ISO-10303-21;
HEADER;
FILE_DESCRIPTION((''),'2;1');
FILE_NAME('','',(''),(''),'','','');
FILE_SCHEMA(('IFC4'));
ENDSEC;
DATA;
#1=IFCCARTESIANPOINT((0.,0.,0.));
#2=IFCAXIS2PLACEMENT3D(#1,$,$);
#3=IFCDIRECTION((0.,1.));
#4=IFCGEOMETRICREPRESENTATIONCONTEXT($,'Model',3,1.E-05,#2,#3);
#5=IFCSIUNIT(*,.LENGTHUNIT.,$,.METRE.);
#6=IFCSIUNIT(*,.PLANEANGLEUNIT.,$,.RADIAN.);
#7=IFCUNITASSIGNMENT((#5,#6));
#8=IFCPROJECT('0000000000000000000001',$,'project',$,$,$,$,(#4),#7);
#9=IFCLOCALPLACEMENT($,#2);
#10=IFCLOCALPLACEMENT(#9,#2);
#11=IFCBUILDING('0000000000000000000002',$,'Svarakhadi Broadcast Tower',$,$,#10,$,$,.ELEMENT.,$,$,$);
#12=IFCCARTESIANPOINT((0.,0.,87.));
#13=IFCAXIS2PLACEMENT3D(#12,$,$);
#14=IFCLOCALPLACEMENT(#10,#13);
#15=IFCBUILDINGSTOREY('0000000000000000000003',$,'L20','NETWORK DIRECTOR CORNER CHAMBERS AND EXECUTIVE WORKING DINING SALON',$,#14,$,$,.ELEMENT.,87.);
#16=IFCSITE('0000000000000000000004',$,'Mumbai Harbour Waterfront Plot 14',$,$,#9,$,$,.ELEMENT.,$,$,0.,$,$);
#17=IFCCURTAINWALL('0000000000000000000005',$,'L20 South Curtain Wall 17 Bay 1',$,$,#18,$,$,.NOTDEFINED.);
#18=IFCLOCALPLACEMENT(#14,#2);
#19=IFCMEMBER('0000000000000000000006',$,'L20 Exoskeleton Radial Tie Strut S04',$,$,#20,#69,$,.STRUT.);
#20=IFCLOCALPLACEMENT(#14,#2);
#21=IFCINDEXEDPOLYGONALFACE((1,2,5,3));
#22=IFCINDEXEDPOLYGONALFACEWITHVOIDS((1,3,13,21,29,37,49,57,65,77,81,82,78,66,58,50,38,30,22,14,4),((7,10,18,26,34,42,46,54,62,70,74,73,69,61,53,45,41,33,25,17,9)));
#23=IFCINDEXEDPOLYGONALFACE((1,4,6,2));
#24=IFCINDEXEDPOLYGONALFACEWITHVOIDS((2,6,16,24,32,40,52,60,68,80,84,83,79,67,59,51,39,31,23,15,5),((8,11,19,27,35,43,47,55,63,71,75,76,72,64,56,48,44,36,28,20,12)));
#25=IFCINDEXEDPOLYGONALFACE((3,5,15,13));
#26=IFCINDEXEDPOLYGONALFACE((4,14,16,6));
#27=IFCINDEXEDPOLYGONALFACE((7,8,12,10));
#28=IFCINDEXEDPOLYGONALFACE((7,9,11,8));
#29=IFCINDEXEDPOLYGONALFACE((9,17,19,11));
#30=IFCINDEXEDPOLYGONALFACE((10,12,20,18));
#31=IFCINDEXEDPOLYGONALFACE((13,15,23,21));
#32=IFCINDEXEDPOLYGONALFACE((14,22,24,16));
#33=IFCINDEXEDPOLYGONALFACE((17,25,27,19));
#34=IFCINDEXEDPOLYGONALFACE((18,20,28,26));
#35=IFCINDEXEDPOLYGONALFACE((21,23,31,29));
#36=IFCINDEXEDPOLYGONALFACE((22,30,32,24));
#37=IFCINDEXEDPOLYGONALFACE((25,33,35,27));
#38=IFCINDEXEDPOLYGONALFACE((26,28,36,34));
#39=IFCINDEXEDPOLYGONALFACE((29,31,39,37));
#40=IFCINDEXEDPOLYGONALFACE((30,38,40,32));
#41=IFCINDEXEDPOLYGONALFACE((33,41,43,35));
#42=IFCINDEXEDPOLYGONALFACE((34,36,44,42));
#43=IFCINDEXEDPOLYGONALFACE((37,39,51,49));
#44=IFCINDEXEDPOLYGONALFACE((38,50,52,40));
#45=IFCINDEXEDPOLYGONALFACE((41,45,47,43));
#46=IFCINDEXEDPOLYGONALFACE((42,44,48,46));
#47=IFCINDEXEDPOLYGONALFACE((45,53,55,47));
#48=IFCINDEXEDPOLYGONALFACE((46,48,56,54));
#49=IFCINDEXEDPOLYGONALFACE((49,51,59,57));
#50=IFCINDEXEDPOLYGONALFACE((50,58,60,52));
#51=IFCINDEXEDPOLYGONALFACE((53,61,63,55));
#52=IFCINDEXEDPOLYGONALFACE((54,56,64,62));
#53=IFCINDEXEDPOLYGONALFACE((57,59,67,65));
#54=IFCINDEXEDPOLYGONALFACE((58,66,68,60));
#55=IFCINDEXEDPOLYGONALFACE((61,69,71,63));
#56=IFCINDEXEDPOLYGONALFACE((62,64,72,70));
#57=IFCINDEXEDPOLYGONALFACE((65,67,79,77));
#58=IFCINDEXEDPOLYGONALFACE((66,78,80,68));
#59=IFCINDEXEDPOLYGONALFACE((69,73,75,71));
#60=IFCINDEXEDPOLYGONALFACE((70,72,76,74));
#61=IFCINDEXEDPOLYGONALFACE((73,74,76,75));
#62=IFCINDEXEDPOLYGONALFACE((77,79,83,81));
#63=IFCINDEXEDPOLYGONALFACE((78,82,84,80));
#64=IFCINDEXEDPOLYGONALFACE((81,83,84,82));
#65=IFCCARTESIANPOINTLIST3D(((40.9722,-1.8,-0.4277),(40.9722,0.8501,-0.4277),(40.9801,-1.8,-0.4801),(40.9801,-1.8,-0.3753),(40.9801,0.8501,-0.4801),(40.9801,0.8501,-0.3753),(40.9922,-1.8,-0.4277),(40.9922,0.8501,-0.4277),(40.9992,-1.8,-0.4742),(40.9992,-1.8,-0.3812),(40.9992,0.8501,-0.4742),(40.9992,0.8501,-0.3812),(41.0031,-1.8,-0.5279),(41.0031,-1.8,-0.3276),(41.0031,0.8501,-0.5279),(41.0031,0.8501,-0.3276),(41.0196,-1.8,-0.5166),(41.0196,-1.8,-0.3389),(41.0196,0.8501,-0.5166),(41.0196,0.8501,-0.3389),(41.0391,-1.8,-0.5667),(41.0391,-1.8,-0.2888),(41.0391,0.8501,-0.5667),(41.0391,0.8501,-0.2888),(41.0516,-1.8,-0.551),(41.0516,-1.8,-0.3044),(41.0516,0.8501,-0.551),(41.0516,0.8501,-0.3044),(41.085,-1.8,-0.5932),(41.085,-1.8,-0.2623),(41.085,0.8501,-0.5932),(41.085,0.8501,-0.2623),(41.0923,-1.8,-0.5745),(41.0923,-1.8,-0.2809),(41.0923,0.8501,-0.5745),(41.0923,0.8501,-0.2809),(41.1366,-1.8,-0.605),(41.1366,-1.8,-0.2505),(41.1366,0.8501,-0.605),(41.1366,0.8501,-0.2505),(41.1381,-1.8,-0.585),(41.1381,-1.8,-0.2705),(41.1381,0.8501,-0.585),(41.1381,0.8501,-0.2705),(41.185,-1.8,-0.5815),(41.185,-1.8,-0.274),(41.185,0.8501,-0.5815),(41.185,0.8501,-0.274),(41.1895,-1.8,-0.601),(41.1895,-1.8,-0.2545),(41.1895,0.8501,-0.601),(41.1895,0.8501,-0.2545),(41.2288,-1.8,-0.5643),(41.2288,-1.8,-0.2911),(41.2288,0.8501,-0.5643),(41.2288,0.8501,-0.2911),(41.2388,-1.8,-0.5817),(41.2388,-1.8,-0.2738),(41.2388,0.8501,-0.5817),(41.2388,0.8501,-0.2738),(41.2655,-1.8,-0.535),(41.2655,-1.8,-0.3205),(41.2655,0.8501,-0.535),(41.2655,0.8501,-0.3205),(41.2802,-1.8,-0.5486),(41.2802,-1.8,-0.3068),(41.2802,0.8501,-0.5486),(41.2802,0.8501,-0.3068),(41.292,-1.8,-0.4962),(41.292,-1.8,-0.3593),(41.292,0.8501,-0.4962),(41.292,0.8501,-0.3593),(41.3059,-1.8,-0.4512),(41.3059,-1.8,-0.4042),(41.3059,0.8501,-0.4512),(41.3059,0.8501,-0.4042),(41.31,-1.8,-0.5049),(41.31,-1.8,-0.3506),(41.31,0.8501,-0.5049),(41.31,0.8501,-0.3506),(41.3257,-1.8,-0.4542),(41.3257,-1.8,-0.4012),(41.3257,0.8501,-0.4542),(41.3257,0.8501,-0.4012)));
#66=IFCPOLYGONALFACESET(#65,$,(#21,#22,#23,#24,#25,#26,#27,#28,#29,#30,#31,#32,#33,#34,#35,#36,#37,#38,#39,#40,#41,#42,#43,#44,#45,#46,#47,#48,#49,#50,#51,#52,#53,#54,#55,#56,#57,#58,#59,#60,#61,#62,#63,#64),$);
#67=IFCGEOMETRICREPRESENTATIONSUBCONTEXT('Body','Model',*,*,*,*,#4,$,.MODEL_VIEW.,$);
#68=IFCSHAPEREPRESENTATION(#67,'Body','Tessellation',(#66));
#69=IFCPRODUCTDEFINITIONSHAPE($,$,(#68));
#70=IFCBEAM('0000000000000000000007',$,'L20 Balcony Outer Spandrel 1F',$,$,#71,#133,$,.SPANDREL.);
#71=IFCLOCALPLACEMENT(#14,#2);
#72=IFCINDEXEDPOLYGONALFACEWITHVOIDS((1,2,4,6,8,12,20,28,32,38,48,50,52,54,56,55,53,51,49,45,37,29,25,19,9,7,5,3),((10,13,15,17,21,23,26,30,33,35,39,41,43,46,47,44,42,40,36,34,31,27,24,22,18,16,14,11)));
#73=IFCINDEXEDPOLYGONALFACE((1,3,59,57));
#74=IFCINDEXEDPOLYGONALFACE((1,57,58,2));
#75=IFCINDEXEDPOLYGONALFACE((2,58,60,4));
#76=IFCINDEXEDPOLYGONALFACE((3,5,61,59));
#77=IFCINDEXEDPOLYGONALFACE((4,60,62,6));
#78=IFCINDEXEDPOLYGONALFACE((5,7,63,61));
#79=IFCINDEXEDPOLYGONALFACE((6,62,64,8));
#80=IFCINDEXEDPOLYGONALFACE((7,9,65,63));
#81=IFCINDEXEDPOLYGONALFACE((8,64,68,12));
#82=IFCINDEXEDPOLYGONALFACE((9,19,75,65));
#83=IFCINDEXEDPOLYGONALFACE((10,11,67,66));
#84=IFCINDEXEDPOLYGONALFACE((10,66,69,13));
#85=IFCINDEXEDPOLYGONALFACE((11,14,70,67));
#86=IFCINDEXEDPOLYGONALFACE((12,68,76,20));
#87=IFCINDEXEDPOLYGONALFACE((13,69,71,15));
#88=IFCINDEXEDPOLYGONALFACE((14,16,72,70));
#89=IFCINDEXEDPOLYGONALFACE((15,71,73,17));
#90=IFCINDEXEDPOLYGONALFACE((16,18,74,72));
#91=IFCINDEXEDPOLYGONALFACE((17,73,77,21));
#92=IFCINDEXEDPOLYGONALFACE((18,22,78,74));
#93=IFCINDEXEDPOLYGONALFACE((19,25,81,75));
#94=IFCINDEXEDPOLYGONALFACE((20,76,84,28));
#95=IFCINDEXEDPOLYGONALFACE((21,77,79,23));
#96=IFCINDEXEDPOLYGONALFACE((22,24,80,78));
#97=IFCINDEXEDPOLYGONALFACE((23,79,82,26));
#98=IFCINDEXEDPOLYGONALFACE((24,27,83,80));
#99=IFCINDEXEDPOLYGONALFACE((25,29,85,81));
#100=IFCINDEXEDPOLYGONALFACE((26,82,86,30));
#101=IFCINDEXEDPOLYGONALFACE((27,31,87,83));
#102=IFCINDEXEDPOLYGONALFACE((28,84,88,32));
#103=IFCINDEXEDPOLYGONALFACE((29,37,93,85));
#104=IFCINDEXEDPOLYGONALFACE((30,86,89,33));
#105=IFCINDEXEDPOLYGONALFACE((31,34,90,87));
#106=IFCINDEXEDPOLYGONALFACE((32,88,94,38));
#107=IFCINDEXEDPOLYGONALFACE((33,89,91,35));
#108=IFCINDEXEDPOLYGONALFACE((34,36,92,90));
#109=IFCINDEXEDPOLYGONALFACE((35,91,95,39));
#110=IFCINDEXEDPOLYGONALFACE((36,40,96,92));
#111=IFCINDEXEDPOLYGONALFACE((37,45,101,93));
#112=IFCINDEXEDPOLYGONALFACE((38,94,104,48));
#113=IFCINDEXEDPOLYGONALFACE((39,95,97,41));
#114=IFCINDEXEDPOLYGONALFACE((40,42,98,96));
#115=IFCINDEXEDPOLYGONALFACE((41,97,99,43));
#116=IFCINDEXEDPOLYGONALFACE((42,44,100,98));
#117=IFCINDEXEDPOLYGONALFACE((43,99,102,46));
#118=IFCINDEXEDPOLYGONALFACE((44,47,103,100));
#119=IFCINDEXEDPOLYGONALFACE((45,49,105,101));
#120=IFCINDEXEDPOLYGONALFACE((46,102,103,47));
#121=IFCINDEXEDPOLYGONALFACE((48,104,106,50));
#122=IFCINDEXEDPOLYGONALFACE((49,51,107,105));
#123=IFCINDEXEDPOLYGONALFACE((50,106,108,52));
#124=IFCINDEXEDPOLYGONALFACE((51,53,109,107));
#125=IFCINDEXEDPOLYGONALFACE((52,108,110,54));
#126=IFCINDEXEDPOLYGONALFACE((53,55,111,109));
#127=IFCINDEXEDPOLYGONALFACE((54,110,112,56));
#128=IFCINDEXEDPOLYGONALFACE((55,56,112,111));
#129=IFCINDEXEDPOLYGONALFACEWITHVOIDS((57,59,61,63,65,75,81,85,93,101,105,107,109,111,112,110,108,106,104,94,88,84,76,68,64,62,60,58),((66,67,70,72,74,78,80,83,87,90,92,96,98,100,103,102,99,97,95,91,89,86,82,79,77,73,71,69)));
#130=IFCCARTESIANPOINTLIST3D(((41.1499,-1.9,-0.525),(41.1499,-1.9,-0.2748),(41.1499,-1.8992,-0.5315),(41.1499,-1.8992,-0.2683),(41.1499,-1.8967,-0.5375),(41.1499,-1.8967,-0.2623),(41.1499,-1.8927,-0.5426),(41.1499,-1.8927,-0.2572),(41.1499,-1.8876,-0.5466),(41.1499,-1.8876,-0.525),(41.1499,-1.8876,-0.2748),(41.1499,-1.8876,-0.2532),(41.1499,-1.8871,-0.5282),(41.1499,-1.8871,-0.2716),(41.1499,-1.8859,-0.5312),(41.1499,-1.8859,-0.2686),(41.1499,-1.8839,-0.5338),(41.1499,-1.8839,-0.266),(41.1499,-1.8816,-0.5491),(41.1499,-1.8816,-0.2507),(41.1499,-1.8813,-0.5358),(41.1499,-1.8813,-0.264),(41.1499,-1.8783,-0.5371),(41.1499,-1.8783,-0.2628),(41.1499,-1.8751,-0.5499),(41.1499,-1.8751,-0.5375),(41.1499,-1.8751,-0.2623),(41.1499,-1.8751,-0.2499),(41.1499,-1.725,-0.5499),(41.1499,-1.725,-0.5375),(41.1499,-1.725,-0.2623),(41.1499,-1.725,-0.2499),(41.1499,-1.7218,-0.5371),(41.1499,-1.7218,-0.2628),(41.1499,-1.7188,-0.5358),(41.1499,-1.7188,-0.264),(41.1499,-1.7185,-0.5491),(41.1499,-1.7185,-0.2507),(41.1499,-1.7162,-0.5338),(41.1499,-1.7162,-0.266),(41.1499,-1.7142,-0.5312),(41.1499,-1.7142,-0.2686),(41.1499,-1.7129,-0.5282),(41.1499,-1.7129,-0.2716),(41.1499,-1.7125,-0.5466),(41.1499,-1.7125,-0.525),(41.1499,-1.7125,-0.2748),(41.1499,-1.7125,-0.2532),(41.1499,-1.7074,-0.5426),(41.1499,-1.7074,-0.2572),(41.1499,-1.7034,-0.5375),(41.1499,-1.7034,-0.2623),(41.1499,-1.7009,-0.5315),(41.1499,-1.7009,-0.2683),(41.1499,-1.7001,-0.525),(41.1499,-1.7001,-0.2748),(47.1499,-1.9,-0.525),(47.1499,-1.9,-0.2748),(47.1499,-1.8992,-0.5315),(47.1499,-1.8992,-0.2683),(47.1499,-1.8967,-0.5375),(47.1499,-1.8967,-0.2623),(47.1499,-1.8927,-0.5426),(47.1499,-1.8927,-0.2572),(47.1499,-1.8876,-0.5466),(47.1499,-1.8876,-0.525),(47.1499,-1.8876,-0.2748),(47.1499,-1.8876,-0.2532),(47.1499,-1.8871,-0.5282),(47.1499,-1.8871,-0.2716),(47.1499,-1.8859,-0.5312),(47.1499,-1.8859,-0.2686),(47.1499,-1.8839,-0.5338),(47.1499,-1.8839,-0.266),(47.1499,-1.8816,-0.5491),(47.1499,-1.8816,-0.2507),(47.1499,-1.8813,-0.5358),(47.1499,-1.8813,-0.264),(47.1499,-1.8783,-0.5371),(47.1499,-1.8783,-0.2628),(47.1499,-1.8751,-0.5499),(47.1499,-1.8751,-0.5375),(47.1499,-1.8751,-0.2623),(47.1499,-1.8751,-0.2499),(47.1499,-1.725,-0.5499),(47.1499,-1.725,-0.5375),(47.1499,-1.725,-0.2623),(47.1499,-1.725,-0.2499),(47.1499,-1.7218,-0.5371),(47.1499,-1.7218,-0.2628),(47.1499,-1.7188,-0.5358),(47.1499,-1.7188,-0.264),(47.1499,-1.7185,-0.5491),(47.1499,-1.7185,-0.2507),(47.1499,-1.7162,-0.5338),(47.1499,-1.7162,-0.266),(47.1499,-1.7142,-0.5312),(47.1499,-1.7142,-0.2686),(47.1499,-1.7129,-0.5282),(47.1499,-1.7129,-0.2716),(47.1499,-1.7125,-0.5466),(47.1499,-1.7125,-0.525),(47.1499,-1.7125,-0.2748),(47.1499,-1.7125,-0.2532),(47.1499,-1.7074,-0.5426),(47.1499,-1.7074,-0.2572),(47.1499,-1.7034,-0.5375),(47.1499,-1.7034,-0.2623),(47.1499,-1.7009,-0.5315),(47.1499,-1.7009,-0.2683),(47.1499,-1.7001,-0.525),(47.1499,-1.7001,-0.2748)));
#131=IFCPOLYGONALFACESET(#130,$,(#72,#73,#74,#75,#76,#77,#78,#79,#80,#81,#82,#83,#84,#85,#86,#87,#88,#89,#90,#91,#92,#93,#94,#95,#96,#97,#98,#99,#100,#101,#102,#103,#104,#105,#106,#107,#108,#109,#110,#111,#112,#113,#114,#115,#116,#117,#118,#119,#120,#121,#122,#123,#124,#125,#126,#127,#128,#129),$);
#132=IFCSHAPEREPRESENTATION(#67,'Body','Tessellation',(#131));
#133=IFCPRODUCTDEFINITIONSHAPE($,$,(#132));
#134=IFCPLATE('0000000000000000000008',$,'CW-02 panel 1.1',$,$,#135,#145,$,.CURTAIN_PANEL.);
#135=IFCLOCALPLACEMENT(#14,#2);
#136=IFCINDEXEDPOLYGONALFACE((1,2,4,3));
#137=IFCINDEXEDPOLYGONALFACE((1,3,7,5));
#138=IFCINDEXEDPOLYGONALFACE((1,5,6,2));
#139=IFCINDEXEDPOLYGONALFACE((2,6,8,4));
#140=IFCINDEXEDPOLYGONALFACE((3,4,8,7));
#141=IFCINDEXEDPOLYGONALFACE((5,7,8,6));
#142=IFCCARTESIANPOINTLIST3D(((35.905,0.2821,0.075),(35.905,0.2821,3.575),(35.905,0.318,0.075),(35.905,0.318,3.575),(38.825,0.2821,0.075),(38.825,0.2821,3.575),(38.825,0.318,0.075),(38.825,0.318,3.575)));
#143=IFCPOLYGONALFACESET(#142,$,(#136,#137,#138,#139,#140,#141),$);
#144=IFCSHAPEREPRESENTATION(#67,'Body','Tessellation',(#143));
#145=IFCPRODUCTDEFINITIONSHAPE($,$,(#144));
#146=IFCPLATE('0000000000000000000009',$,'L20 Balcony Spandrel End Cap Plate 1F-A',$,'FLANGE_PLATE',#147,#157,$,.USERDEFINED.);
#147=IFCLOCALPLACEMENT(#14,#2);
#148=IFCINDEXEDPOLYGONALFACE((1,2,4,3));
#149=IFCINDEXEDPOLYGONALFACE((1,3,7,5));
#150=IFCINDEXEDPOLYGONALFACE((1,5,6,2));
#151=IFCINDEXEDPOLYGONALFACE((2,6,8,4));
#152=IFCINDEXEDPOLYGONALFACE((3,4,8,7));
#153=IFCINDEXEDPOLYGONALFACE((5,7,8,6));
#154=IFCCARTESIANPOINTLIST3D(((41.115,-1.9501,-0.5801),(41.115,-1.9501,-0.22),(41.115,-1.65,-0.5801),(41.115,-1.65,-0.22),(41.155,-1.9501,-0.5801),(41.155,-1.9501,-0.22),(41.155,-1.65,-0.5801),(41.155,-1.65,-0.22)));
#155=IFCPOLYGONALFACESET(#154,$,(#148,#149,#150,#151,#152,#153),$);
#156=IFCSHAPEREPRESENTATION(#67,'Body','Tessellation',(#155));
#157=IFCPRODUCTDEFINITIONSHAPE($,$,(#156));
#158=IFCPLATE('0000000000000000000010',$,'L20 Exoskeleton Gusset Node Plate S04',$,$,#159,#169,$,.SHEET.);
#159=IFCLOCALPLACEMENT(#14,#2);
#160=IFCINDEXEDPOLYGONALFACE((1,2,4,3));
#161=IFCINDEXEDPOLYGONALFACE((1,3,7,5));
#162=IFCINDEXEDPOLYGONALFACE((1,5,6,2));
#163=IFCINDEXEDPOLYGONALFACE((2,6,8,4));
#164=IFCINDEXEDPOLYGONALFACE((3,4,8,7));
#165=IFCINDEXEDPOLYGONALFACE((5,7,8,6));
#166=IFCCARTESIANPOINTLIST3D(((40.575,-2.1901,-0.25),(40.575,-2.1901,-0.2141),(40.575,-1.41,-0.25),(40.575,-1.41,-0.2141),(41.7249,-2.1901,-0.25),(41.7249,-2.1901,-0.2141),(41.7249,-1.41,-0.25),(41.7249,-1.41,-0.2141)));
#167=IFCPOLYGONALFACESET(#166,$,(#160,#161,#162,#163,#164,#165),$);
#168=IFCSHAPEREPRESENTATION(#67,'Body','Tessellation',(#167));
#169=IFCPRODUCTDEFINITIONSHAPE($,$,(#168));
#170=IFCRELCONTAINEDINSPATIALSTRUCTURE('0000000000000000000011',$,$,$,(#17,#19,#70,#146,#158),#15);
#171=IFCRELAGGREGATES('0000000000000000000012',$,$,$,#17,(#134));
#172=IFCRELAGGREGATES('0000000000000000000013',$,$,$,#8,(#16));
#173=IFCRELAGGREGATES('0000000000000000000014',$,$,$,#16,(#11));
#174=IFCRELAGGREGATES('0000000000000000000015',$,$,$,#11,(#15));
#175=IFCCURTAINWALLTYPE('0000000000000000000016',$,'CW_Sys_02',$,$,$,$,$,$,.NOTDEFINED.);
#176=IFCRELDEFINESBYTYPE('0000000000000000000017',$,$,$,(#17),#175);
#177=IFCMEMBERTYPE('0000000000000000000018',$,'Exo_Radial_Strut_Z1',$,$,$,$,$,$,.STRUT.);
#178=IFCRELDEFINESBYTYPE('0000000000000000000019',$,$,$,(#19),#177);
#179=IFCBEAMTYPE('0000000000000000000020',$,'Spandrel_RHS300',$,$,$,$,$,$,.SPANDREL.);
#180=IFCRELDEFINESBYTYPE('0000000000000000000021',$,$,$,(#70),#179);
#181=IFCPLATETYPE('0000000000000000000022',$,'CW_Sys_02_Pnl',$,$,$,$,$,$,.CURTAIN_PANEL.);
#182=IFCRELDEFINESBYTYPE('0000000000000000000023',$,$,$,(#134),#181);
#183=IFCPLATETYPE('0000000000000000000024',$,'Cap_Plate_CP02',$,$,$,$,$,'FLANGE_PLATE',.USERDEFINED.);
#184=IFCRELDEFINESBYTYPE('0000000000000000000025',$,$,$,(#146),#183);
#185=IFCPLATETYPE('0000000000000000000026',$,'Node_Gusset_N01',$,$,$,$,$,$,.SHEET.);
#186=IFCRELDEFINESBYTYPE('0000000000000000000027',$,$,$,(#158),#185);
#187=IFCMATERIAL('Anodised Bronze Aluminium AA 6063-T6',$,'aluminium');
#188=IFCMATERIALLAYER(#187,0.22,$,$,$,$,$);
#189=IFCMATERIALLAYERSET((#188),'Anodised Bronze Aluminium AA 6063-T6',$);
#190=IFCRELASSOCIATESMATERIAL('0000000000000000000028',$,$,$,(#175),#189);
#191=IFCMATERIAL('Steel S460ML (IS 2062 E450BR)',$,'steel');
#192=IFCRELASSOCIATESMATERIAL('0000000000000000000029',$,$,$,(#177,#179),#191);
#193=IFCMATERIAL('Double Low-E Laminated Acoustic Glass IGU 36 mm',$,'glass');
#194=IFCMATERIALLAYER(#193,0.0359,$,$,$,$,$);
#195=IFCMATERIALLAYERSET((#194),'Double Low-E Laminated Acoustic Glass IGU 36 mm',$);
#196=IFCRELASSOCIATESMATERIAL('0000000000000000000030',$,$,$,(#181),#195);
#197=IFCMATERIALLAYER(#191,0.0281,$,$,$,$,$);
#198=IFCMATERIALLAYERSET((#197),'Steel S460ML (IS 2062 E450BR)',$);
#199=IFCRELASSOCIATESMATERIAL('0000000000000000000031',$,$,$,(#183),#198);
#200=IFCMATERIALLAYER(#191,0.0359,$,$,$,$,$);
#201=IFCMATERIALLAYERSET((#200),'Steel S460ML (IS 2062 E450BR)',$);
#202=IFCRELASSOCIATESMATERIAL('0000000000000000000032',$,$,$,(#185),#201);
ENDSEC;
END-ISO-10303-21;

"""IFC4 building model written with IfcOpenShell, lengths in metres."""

from ifc_helpers import new_model, si_unit, direction, frame, origin, origin_2d, place, context, subcontext, project, spatial, rectangle, hollow_rectangle, hollow_circle, extrude, material, layer, layer_set, material_profile, profile_set, type_object, element, aggregate, save


model = new_model("IFC4")

# Units and contexts
model_context = context("Model", 3, precision=1e-05, world=origin(), true_north=direction((0.0, 1.0)))
body_context = subcontext(model_context, "Body", "Model", "MODEL_VIEW")
ifc_project = project(units=[si_unit("LENGTHUNIT", "METRE"), si_unit("PLANEANGLEUNIT", "RADIAN")], contexts=[model_context])

# Site, building, storey
site_placement = place(None, origin())
site = spatial("IfcSite", under=ifc_project, at=site_placement, Name="Mumbai Harbour Waterfront Plot 14", CompositionType="ELEMENT", RefElevation=0.0)
building_placement = place(site_placement, origin())
building = spatial("IfcBuilding", under=site, at=building_placement, Name="Svarakhadi Broadcast Tower", CompositionType="ELEMENT")
storey_placement = place(building_placement, frame((0.0, 0.0, 87.0)))
storey = spatial("IfcBuildingStorey", under=building, at=storey_placement, Name="L20", Description="NETWORK DIRECTOR CORNER CHAMBERS AND EXECUTIVE WORKING DINING SALON", CompositionType="ELEMENT", Elevation=87.0)

# Curtain wall
ifc_material_1 = material(Name="Anodised Bronze Aluminium AA 6063-T6", Category="aluminium")
ifc_layer_1 = layer(ifc_material_1, 0.22)
ifc_layer_set_1 = layer_set([ifc_layer_1], Name="Anodised Bronze Aluminium AA 6063-T6")
curtain_wall_type = type_object("IfcCurtainWallType", Name="CW_Sys_02", PredefinedType="NOTDEFINED", material=ifc_layer_set_1)
curtain_wall_placement = place(storey_placement, origin())
curtain_wall = element("IfcCurtainWall", 1, at=curtain_wall_placement, inside=storey, type_object=curtain_wall_type, Name="L20 South Curtain Wall 17 Bay 1", PredefinedType="NOTDEFINED")

# Member
ifc_material_2 = material(Name="Steel S460ML (IS 2062 E450BR)", Category="steel")
ifc_material_profile_1 = material_profile(ifc_material_2, hollow_circle(Radius=0.1777, WallThickness=0.02, at=origin_2d()), Name="CHS 355.6x20")
ifc_profile_set_1 = profile_set([ifc_material_profile_1], Name="Steel S460ML (IS 2062 E450BR)")
member_type_1 = type_object("IfcMemberType", Name="Exo_Radial_Strut_Z1", PredefinedType="STRUT", material=ifc_profile_set_1)
member_1_placement = place(storey_placement, frame((41.1499, -1.8, -0.4277), z_axis=(0.0, 1.0, 0.0), x_axis=(-1.0, 0.0, 0.0)))
element("IfcMember", 2, at=member_1_placement, inside=storey, type_object=member_type_1, Name="L20 Exoskeleton Radial Tie Strut S04", PredefinedType="STRUT", context=body_context, shape_type="SweptSolid", body=[
    extrude(hollow_circle(Radius=0.1777, WallThickness=0.02, at=origin_2d()), origin(), (0.0, 0.0, 1.0), 2.6501),
])

# Beam
ifc_material_profile_2 = material_profile(ifc_material_2, hollow_rectangle(XDim=0.2, YDim=0.3, WallThickness=0.0125, InnerFilletRadius=0.0125, OuterFilletRadius=0.0249, at=origin_2d()), Name="RHS 300x200x12.5")
ifc_profile_set_2 = profile_set([ifc_material_profile_2], Name="Steel S460ML (IS 2062 E450BR)")
beam_type_1 = type_object("IfcBeamType", Name="Spandrel_RHS300", PredefinedType="SPANDREL", material=ifc_profile_set_2)
beam_placement = place(storey_placement, frame((41.1499, -1.8, -0.3999), z_axis=(1.0, 0.0, 0.0), x_axis=(0.0, 1.0, 0.0)))
element("IfcBeam", 3, at=beam_placement, inside=storey, type_object=beam_type_1, Name="L20 Balcony Outer Spandrel 1F", PredefinedType="SPANDREL", context=body_context, shape_type="SweptSolid", body=[
    extrude(hollow_rectangle(XDim=0.2, YDim=0.3, WallThickness=0.0125, InnerFilletRadius=0.0125, OuterFilletRadius=0.0249, at=origin_2d()), origin(), (0.0, 0.0, 1.0), 6.0),
])

# Plate
ifc_material_3 = material(Name="Double Low-E Laminated Acoustic Glass IGU 36 mm", Category="glass")
ifc_layer_2 = layer(ifc_material_3, 0.0359)
ifc_layer_set_2 = layer_set([ifc_layer_2], Name="Double Low-E Laminated Acoustic Glass IGU 36 mm")
plate_type_1 = type_object("IfcPlateType", Name="CW_Sys_02_Pnl", PredefinedType="CURTAIN_PANEL", material=ifc_layer_set_2)
plate_1_placement = place(storey_placement, frame((37.365, 0.3, 0.075), z_axis=(0.0, 0.0, 1.0), x_axis=(-1.0, 0.0, 0.0)))
plate_1 = element("IfcPlate", 4, at=plate_1_placement, type_object=plate_type_1, Name="CW-02 panel 1.1", PredefinedType="CURTAIN_PANEL", context=body_context, shape_type="SweptSolid", body=[
    extrude(rectangle(XDim=2.9199, YDim=0.0359, at=origin_2d()), origin(), (0.0, 0.0, 1.0), 3.5),
])
aggregate(curtain_wall, [plate_1])

# Plates
ifc_layer_3 = layer(ifc_material_2, 0.0281)
ifc_layer_set_3 = layer_set([ifc_layer_3], Name="Steel S460ML (IS 2062 E450BR)")
plate_type_2 = type_object("IfcPlateType", Name="Cap_Plate_CP02", ElementType="FLANGE_PLATE", PredefinedType="USERDEFINED", material=ifc_layer_set_3)
plate_2_placement = place(storey_placement, frame((41.135, -1.8, -0.5801), z_axis=(0.0, 0.0, 1.0), x_axis=(1.0, 0.0, 0.0)))
element("IfcPlate", 5, at=plate_2_placement, inside=storey, type_object=plate_type_2, Name="L20 Balcony Spandrel End Cap Plate 1F-A", ObjectType="FLANGE_PLATE", PredefinedType="USERDEFINED", context=body_context, shape_type="SweptSolid", body=[
    extrude(rectangle(XDim=0.04, YDim=0.3, at=origin_2d()), origin(), (0.0, 0.0, 1.0), 0.3601),
])
ifc_layer_4 = layer(ifc_material_2, 0.0359)
ifc_layer_set_4 = layer_set([ifc_layer_4], Name="Steel S460ML (IS 2062 E450BR)")
plate_type_3 = type_object("IfcPlateType", Name="Node_Gusset_N01", PredefinedType="SHEET", material=ifc_layer_set_4)
plate_3_placement = place(storey_placement, frame((41.1499, -1.8, -0.25), z_axis=(0.0, 0.0, 1.0), x_axis=(1.0, 0.0, 0.0)))
element("IfcPlate", 6, at=plate_3_placement, inside=storey, type_object=plate_type_3, Name="L20 Exoskeleton Gusset Node Plate S04", PredefinedType="SHEET", context=body_context, shape_type="SweptSolid", body=[
    extrude(rectangle(XDim=1.1499, YDim=0.78, at=origin_2d()), origin(), (0.0, 0.0, 1.0), 0.0359),
])

save(model, "model.ifc")
